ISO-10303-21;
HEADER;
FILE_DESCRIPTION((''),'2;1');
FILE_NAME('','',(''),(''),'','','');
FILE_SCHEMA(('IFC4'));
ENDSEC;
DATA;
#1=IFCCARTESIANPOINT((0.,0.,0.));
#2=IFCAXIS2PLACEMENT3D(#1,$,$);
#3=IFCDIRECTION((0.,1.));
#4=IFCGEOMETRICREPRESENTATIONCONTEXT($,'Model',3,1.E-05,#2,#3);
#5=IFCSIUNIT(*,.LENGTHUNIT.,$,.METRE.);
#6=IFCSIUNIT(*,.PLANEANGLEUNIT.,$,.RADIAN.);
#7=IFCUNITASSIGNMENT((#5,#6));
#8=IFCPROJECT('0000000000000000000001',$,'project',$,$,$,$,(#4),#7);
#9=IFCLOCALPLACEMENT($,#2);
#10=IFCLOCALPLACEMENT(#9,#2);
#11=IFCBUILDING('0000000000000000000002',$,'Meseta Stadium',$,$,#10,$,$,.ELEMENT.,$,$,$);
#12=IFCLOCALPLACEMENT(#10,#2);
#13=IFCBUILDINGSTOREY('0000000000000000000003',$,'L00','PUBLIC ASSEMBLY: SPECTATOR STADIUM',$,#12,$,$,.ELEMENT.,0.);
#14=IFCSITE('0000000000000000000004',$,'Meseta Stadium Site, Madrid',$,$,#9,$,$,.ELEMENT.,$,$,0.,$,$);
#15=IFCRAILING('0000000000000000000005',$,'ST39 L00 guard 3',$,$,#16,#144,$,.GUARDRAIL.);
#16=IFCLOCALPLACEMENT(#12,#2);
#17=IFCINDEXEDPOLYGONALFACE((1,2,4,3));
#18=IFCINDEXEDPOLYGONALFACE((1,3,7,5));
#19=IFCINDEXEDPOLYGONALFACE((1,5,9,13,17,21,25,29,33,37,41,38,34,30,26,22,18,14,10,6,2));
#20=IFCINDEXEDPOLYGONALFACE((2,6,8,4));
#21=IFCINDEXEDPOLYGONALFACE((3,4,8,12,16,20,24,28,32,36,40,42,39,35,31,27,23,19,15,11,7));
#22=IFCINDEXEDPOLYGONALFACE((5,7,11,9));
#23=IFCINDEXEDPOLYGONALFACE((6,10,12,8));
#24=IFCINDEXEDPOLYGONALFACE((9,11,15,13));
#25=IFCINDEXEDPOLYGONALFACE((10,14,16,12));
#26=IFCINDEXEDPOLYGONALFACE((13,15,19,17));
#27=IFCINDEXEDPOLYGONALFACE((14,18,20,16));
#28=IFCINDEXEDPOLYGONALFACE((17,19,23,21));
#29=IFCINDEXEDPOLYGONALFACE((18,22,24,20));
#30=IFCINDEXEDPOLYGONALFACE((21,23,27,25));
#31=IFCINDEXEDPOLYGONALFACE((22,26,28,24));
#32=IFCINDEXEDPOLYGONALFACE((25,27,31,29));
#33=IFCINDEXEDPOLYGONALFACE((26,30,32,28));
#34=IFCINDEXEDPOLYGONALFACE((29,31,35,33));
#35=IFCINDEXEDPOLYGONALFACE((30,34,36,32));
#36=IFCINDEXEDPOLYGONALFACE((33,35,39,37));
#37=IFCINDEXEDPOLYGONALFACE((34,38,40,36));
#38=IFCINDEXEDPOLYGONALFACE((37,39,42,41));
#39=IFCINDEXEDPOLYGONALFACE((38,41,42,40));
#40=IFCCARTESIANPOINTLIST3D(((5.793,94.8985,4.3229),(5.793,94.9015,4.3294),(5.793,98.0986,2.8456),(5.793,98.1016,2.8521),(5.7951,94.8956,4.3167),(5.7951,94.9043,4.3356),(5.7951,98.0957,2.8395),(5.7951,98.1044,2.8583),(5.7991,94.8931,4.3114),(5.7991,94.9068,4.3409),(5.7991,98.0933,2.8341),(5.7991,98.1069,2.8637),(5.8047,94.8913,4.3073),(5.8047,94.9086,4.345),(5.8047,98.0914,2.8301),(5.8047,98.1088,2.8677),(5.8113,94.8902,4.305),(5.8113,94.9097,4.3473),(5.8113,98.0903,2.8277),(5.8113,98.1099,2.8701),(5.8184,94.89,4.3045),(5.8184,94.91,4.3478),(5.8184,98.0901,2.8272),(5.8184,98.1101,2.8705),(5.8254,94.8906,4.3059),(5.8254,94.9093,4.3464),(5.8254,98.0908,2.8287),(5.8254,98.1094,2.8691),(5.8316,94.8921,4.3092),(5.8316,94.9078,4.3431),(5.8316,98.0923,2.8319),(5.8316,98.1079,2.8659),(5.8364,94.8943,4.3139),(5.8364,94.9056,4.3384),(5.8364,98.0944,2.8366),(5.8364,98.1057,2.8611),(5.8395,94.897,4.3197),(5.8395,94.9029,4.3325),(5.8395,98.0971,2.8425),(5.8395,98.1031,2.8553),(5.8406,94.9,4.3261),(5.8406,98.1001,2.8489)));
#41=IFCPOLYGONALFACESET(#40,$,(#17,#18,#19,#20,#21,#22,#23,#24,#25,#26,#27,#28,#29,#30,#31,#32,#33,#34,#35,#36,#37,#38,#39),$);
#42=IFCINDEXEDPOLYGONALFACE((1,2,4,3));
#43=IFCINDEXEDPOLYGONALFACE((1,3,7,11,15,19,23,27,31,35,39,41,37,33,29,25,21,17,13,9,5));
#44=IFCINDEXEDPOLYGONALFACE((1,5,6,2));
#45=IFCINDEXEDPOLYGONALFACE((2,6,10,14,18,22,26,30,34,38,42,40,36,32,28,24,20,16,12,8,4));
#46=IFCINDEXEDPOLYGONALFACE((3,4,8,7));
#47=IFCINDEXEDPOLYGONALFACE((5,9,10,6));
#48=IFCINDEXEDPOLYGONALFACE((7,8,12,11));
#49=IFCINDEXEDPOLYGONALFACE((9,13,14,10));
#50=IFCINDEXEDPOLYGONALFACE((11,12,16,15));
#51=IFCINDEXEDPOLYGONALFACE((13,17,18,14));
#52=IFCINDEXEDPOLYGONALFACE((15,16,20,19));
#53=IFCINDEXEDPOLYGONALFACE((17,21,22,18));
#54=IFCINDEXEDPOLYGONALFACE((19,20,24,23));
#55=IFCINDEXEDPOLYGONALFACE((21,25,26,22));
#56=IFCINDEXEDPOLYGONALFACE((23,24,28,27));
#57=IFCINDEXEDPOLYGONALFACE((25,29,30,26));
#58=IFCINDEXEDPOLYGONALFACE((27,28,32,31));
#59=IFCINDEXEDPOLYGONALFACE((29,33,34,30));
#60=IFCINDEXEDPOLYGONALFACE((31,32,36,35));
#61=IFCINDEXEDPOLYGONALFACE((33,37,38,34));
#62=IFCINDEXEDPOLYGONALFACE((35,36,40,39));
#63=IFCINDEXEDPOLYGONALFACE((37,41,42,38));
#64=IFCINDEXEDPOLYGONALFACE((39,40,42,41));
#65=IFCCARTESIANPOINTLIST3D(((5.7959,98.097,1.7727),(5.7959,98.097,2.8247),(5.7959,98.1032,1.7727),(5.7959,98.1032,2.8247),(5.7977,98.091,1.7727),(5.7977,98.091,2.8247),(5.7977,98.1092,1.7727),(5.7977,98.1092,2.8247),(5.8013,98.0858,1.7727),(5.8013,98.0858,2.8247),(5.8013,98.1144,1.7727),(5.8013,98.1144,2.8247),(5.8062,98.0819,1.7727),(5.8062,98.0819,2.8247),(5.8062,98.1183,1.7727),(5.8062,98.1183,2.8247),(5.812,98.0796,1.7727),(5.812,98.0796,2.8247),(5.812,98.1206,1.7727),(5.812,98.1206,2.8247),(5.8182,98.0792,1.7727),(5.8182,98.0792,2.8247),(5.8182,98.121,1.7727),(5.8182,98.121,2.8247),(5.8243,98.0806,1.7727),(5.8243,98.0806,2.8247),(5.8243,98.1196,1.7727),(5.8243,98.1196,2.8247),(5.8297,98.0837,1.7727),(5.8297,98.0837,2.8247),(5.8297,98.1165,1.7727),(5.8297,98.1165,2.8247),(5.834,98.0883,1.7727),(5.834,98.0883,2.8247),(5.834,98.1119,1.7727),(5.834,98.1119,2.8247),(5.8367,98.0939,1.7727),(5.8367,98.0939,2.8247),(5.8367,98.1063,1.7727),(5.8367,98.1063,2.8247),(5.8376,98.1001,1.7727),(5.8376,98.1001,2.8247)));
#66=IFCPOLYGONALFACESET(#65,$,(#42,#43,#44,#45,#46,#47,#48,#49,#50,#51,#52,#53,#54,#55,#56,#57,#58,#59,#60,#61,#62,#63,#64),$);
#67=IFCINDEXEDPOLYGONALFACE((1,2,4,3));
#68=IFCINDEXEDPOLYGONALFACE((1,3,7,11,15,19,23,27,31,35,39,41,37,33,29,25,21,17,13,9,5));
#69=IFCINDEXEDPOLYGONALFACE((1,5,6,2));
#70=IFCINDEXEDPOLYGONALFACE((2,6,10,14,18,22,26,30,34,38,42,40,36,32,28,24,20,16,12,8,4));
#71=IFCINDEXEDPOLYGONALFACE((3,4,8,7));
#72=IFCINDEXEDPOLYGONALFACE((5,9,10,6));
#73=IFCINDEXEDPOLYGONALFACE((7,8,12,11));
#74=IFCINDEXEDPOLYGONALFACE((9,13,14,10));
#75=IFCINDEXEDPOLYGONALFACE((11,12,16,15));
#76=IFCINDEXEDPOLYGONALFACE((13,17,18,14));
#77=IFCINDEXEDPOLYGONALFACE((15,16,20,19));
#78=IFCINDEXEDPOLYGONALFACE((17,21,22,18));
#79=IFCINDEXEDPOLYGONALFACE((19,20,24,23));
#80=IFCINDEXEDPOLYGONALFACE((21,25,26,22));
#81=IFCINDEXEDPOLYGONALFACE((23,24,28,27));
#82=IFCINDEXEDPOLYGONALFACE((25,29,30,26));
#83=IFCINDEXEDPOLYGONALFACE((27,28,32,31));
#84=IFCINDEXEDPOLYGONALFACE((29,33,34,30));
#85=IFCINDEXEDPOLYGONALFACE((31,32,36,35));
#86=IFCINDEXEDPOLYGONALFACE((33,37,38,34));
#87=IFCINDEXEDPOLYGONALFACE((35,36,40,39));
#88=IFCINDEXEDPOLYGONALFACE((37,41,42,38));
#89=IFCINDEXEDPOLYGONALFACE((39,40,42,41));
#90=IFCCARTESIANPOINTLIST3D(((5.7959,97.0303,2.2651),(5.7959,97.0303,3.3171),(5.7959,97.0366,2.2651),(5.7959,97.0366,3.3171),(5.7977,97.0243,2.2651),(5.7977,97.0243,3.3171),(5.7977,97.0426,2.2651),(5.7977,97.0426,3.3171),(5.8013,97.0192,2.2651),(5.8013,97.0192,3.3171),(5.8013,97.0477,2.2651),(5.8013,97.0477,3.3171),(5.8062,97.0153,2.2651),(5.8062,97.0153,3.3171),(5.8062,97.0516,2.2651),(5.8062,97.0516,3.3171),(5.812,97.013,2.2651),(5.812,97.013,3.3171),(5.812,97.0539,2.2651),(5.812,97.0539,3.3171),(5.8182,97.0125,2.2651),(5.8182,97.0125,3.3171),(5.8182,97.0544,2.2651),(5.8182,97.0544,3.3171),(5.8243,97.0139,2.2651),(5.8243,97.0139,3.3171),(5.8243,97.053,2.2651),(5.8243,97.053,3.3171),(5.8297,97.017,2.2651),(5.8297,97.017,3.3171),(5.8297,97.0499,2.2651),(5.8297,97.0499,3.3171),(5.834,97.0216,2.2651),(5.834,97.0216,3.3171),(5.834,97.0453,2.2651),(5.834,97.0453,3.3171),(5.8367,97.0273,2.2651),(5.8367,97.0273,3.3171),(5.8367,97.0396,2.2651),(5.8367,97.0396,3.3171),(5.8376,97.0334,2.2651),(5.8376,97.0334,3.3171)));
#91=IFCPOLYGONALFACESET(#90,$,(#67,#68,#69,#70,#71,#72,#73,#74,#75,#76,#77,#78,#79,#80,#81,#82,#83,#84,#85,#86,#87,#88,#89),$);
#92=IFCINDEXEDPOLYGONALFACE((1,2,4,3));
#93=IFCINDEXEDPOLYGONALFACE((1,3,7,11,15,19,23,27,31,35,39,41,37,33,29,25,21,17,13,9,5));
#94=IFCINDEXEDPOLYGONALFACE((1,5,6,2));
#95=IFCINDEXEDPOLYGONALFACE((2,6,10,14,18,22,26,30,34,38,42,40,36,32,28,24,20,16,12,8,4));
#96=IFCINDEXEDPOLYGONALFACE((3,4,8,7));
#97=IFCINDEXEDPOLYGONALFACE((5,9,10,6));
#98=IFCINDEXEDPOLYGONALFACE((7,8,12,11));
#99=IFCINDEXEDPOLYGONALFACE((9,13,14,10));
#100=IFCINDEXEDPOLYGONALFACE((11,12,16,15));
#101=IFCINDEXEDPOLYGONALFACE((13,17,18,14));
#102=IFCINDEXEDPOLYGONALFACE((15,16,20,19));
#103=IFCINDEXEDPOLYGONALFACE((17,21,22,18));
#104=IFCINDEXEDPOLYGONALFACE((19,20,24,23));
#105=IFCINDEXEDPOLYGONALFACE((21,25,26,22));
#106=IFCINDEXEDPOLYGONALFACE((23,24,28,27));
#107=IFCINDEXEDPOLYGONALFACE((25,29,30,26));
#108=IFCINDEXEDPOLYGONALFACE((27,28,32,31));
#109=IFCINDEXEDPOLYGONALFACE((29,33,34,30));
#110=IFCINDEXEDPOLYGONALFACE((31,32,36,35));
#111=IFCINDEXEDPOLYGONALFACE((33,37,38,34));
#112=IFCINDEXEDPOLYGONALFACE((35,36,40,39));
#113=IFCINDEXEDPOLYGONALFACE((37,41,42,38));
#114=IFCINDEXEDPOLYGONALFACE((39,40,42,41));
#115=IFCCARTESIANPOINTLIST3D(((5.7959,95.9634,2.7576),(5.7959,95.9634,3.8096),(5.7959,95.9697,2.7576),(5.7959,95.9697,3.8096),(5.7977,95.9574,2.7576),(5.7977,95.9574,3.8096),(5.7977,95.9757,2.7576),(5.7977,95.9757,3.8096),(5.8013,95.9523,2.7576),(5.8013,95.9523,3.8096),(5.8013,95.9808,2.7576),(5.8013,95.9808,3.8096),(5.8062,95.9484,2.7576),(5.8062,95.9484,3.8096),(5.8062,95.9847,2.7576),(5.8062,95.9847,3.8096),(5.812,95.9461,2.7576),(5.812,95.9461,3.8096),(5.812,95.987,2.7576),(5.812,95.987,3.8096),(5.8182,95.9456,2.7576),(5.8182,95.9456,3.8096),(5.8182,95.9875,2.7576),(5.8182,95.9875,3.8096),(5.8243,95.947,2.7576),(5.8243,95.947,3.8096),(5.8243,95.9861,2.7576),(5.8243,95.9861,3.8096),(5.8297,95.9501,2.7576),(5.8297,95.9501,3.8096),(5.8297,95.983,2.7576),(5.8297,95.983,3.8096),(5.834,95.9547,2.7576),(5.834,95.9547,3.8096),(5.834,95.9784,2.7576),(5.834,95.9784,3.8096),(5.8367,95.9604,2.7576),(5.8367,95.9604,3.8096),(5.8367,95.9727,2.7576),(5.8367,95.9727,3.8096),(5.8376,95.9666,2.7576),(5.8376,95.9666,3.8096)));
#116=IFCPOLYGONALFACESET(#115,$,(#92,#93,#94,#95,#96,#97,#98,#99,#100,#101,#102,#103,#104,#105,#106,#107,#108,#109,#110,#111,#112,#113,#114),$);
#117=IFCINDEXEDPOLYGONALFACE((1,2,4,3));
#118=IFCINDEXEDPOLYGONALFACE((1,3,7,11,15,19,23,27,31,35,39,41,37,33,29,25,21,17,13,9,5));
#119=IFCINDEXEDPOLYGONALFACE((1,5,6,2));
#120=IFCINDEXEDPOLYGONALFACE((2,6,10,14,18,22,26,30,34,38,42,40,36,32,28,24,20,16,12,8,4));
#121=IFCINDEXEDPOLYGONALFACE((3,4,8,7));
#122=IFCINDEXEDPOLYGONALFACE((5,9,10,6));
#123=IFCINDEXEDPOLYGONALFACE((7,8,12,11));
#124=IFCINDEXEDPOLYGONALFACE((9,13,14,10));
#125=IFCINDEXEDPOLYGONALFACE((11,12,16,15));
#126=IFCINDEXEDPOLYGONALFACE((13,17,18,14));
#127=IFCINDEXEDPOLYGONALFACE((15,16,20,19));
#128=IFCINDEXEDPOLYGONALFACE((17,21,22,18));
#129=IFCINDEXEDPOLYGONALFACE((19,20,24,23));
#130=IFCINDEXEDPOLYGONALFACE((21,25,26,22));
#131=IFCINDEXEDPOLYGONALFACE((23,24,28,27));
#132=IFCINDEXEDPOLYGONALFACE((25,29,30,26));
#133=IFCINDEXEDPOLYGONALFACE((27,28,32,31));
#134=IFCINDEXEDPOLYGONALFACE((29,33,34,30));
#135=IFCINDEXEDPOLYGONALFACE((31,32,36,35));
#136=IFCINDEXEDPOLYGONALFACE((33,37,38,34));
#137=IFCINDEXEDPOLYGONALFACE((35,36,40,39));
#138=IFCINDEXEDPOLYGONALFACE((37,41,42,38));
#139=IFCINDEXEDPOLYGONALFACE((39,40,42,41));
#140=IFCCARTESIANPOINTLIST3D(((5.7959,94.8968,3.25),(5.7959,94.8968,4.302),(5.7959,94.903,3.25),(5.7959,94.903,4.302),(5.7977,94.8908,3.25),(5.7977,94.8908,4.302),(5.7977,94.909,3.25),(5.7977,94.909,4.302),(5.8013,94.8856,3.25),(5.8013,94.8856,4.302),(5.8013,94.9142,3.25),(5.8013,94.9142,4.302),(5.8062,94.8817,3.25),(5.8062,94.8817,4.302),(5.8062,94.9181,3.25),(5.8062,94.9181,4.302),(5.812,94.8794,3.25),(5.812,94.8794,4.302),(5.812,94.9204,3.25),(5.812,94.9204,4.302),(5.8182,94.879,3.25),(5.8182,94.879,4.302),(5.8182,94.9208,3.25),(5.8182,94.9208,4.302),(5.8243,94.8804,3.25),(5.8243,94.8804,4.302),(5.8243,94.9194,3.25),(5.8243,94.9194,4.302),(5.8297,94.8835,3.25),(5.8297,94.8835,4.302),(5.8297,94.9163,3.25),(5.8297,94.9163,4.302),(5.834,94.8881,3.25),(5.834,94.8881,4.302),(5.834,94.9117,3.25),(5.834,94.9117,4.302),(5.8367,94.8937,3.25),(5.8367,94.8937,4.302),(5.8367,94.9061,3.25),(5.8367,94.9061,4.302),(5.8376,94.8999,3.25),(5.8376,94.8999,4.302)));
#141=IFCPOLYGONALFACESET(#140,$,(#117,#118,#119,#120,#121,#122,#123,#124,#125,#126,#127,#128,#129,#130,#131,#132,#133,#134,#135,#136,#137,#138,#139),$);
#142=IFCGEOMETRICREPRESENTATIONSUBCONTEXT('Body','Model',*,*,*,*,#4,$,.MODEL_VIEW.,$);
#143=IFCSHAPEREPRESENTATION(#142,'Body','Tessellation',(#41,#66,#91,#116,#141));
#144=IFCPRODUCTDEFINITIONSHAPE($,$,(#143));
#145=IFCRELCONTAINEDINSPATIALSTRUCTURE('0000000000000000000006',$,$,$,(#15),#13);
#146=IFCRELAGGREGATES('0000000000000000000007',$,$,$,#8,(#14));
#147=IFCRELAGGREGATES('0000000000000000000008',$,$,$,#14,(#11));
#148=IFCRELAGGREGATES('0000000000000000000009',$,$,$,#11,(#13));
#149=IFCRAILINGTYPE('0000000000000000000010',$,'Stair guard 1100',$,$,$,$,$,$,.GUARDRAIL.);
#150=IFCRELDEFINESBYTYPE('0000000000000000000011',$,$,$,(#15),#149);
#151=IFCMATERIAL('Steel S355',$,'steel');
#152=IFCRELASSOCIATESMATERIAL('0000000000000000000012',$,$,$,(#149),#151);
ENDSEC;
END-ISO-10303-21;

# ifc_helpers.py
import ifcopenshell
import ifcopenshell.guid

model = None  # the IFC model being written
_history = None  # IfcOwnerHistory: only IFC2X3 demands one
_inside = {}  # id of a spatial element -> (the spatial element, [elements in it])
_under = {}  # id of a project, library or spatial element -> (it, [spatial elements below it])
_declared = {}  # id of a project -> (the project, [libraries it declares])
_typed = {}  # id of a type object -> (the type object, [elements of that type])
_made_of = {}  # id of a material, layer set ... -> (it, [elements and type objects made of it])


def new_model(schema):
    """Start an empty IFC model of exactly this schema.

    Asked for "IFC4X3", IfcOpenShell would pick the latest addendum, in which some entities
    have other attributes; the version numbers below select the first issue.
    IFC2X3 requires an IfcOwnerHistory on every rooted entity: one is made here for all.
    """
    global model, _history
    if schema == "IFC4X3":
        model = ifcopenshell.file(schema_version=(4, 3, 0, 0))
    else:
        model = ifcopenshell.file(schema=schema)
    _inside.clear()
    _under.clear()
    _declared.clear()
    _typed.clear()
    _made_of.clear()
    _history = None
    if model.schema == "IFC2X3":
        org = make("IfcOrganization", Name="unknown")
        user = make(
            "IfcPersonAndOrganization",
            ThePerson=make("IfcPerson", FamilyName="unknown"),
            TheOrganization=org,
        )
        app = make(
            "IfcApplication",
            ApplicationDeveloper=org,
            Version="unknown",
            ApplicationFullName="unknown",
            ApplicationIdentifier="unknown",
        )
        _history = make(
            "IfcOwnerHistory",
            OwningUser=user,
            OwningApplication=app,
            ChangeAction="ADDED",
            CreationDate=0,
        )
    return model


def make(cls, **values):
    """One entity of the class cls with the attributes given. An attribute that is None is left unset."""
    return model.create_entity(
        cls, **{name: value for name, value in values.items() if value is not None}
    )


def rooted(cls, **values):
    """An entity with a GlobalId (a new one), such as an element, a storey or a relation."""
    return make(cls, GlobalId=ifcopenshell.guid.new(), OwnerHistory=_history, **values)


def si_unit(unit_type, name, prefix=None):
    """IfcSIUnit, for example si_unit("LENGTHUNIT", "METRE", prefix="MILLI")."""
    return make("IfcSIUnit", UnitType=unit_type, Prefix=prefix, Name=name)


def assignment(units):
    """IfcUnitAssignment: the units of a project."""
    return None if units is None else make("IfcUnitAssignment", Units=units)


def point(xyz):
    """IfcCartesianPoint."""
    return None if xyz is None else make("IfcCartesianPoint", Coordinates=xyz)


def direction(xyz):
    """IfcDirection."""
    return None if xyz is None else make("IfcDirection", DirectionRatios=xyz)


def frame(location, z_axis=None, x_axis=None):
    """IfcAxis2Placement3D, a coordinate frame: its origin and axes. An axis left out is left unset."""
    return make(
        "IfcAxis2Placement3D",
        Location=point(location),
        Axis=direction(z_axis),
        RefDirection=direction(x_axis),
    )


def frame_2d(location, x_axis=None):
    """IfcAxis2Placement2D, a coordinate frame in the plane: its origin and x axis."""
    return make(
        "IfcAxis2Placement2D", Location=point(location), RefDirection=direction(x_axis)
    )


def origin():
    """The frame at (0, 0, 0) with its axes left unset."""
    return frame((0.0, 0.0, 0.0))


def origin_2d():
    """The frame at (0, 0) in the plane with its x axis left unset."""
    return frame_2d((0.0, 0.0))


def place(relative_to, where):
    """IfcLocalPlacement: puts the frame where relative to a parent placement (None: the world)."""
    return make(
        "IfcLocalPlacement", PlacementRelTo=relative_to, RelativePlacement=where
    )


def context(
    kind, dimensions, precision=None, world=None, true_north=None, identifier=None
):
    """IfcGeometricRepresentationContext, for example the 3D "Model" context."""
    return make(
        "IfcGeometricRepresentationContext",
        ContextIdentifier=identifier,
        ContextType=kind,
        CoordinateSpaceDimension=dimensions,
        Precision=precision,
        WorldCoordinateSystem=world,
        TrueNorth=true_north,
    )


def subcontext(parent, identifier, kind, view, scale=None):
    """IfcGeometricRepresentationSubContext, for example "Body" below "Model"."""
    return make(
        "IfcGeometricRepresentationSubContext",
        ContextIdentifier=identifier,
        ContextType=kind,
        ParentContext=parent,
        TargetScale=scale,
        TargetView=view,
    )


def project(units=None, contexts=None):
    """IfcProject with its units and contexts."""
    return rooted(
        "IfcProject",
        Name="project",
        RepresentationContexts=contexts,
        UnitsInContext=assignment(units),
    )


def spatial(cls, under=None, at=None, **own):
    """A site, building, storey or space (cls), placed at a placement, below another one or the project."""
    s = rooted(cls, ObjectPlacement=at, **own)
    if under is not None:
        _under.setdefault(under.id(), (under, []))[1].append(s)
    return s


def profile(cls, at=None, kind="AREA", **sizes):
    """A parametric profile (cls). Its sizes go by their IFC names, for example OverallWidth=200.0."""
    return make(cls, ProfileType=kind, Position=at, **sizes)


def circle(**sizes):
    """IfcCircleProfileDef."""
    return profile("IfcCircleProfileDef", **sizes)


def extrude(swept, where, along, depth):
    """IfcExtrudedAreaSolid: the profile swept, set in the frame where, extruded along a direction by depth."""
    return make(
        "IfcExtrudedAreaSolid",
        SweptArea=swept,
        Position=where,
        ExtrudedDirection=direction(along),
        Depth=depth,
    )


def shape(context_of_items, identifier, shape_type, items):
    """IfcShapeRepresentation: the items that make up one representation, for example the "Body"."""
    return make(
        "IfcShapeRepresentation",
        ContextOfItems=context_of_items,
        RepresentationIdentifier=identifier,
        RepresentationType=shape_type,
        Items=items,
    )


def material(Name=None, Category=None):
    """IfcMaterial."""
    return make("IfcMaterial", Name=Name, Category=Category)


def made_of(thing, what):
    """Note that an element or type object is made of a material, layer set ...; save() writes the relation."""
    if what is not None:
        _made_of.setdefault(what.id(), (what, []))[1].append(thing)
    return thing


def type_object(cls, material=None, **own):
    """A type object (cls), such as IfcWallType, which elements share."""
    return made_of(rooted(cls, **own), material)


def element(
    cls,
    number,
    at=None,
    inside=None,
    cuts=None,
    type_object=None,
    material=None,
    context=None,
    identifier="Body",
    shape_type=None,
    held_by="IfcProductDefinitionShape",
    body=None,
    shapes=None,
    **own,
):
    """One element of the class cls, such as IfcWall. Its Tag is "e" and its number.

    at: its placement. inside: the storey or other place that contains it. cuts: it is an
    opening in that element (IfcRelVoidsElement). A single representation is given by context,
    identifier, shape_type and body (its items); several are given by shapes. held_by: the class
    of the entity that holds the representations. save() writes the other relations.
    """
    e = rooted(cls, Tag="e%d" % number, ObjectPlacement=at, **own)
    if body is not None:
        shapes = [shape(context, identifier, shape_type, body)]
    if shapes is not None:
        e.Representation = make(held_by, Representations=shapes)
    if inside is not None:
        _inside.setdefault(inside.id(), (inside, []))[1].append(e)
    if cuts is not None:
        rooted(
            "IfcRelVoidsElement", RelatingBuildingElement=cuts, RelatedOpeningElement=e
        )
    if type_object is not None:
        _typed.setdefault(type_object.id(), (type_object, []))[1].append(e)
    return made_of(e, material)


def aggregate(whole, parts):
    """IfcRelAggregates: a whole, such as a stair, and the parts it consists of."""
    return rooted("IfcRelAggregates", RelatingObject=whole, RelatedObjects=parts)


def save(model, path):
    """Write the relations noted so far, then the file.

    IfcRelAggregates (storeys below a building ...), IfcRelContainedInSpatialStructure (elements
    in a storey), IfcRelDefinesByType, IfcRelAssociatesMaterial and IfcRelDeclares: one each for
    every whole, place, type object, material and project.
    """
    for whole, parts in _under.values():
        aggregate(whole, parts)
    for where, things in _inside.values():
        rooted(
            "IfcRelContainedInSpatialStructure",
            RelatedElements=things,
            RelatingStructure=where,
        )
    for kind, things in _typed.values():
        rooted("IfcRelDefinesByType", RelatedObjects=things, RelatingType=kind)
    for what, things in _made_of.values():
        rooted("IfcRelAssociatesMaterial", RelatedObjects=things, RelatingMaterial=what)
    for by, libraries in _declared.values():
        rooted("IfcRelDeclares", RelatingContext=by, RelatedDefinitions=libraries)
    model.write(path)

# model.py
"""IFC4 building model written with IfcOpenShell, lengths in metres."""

from ifc_helpers import new_model, si_unit, direction, frame, origin, origin_2d, place, context, subcontext, project, spatial, circle, extrude, material, type_object, element, save


model = new_model("IFC4")

# Units and contexts
model_context = context("Model", 3, precision=1e-05, world=origin(), true_north=direction((0.0, 1.0)))
body_context = subcontext(model_context, "Body", "Model", "MODEL_VIEW")
ifc_project = project(units=[si_unit("LENGTHUNIT", "METRE"), si_unit("PLANEANGLEUNIT", "RADIAN")], contexts=[model_context])

# Site, building, storey
site_placement = place(None, origin())
site = spatial("IfcSite", under=ifc_project, at=site_placement, Name="Meseta Stadium Site, Madrid", CompositionType="ELEMENT", RefElevation=0.0)
building_placement = place(site_placement, origin())
building = spatial("IfcBuilding", under=site, at=building_placement, Name="Meseta Stadium", CompositionType="ELEMENT")
storey_placement = place(building_placement, origin())
storey = spatial("IfcBuildingStorey", under=building, at=storey_placement, Name="L00", Description="PUBLIC ASSEMBLY: SPECTATOR STADIUM", CompositionType="ELEMENT", Elevation=0.0)

# Railing
ifc_material_1 = material(Name="Steel S355", Category="steel")
railing_type_1 = type_object("IfcRailingType", Name="Stair guard 1100", PredefinedType="GUARDRAIL", material=ifc_material_1)
railing_1_placement = place(storey_placement, frame((5.8167, 98.1001, 1.7727)))
element("IfcRailing", 1, at=railing_1_placement, inside=storey, type_object=railing_type_1, Name="ST39 L00 guard 3", PredefinedType="GUARDRAIL", context=body_context, shape_type="SweptSolid", body=[
    extrude(circle(Radius=0.0239, at=origin_2d()), frame((0.0, 0.0, 1.0762), z_axis=(0.0, -0.907929, 0.419124), x_axis=(1.0, 0.0, 0.0)), (0.0, 0.0, 1.0), 3.5247),
    extrude(circle(Radius=0.021, at=origin_2d()), origin(), (0.0, 0.0, 1.0), 1.052),
    extrude(circle(Radius=0.021, at=origin_2d()), frame((0.0, -1.0667, 0.4924)), (0.0, 0.0, 1.0), 1.052),
    extrude(circle(Radius=0.021, at=origin_2d()), frame((0.0, -2.1335, 0.9849)), (0.0, 0.0, 1.0), 1.052),
    extrude(circle(Radius=0.021, at=origin_2d()), frame((0.0, -3.2002, 1.4773)), (0.0, 0.0, 1.0), 1.052),
])

save(model, "model.ifc")
